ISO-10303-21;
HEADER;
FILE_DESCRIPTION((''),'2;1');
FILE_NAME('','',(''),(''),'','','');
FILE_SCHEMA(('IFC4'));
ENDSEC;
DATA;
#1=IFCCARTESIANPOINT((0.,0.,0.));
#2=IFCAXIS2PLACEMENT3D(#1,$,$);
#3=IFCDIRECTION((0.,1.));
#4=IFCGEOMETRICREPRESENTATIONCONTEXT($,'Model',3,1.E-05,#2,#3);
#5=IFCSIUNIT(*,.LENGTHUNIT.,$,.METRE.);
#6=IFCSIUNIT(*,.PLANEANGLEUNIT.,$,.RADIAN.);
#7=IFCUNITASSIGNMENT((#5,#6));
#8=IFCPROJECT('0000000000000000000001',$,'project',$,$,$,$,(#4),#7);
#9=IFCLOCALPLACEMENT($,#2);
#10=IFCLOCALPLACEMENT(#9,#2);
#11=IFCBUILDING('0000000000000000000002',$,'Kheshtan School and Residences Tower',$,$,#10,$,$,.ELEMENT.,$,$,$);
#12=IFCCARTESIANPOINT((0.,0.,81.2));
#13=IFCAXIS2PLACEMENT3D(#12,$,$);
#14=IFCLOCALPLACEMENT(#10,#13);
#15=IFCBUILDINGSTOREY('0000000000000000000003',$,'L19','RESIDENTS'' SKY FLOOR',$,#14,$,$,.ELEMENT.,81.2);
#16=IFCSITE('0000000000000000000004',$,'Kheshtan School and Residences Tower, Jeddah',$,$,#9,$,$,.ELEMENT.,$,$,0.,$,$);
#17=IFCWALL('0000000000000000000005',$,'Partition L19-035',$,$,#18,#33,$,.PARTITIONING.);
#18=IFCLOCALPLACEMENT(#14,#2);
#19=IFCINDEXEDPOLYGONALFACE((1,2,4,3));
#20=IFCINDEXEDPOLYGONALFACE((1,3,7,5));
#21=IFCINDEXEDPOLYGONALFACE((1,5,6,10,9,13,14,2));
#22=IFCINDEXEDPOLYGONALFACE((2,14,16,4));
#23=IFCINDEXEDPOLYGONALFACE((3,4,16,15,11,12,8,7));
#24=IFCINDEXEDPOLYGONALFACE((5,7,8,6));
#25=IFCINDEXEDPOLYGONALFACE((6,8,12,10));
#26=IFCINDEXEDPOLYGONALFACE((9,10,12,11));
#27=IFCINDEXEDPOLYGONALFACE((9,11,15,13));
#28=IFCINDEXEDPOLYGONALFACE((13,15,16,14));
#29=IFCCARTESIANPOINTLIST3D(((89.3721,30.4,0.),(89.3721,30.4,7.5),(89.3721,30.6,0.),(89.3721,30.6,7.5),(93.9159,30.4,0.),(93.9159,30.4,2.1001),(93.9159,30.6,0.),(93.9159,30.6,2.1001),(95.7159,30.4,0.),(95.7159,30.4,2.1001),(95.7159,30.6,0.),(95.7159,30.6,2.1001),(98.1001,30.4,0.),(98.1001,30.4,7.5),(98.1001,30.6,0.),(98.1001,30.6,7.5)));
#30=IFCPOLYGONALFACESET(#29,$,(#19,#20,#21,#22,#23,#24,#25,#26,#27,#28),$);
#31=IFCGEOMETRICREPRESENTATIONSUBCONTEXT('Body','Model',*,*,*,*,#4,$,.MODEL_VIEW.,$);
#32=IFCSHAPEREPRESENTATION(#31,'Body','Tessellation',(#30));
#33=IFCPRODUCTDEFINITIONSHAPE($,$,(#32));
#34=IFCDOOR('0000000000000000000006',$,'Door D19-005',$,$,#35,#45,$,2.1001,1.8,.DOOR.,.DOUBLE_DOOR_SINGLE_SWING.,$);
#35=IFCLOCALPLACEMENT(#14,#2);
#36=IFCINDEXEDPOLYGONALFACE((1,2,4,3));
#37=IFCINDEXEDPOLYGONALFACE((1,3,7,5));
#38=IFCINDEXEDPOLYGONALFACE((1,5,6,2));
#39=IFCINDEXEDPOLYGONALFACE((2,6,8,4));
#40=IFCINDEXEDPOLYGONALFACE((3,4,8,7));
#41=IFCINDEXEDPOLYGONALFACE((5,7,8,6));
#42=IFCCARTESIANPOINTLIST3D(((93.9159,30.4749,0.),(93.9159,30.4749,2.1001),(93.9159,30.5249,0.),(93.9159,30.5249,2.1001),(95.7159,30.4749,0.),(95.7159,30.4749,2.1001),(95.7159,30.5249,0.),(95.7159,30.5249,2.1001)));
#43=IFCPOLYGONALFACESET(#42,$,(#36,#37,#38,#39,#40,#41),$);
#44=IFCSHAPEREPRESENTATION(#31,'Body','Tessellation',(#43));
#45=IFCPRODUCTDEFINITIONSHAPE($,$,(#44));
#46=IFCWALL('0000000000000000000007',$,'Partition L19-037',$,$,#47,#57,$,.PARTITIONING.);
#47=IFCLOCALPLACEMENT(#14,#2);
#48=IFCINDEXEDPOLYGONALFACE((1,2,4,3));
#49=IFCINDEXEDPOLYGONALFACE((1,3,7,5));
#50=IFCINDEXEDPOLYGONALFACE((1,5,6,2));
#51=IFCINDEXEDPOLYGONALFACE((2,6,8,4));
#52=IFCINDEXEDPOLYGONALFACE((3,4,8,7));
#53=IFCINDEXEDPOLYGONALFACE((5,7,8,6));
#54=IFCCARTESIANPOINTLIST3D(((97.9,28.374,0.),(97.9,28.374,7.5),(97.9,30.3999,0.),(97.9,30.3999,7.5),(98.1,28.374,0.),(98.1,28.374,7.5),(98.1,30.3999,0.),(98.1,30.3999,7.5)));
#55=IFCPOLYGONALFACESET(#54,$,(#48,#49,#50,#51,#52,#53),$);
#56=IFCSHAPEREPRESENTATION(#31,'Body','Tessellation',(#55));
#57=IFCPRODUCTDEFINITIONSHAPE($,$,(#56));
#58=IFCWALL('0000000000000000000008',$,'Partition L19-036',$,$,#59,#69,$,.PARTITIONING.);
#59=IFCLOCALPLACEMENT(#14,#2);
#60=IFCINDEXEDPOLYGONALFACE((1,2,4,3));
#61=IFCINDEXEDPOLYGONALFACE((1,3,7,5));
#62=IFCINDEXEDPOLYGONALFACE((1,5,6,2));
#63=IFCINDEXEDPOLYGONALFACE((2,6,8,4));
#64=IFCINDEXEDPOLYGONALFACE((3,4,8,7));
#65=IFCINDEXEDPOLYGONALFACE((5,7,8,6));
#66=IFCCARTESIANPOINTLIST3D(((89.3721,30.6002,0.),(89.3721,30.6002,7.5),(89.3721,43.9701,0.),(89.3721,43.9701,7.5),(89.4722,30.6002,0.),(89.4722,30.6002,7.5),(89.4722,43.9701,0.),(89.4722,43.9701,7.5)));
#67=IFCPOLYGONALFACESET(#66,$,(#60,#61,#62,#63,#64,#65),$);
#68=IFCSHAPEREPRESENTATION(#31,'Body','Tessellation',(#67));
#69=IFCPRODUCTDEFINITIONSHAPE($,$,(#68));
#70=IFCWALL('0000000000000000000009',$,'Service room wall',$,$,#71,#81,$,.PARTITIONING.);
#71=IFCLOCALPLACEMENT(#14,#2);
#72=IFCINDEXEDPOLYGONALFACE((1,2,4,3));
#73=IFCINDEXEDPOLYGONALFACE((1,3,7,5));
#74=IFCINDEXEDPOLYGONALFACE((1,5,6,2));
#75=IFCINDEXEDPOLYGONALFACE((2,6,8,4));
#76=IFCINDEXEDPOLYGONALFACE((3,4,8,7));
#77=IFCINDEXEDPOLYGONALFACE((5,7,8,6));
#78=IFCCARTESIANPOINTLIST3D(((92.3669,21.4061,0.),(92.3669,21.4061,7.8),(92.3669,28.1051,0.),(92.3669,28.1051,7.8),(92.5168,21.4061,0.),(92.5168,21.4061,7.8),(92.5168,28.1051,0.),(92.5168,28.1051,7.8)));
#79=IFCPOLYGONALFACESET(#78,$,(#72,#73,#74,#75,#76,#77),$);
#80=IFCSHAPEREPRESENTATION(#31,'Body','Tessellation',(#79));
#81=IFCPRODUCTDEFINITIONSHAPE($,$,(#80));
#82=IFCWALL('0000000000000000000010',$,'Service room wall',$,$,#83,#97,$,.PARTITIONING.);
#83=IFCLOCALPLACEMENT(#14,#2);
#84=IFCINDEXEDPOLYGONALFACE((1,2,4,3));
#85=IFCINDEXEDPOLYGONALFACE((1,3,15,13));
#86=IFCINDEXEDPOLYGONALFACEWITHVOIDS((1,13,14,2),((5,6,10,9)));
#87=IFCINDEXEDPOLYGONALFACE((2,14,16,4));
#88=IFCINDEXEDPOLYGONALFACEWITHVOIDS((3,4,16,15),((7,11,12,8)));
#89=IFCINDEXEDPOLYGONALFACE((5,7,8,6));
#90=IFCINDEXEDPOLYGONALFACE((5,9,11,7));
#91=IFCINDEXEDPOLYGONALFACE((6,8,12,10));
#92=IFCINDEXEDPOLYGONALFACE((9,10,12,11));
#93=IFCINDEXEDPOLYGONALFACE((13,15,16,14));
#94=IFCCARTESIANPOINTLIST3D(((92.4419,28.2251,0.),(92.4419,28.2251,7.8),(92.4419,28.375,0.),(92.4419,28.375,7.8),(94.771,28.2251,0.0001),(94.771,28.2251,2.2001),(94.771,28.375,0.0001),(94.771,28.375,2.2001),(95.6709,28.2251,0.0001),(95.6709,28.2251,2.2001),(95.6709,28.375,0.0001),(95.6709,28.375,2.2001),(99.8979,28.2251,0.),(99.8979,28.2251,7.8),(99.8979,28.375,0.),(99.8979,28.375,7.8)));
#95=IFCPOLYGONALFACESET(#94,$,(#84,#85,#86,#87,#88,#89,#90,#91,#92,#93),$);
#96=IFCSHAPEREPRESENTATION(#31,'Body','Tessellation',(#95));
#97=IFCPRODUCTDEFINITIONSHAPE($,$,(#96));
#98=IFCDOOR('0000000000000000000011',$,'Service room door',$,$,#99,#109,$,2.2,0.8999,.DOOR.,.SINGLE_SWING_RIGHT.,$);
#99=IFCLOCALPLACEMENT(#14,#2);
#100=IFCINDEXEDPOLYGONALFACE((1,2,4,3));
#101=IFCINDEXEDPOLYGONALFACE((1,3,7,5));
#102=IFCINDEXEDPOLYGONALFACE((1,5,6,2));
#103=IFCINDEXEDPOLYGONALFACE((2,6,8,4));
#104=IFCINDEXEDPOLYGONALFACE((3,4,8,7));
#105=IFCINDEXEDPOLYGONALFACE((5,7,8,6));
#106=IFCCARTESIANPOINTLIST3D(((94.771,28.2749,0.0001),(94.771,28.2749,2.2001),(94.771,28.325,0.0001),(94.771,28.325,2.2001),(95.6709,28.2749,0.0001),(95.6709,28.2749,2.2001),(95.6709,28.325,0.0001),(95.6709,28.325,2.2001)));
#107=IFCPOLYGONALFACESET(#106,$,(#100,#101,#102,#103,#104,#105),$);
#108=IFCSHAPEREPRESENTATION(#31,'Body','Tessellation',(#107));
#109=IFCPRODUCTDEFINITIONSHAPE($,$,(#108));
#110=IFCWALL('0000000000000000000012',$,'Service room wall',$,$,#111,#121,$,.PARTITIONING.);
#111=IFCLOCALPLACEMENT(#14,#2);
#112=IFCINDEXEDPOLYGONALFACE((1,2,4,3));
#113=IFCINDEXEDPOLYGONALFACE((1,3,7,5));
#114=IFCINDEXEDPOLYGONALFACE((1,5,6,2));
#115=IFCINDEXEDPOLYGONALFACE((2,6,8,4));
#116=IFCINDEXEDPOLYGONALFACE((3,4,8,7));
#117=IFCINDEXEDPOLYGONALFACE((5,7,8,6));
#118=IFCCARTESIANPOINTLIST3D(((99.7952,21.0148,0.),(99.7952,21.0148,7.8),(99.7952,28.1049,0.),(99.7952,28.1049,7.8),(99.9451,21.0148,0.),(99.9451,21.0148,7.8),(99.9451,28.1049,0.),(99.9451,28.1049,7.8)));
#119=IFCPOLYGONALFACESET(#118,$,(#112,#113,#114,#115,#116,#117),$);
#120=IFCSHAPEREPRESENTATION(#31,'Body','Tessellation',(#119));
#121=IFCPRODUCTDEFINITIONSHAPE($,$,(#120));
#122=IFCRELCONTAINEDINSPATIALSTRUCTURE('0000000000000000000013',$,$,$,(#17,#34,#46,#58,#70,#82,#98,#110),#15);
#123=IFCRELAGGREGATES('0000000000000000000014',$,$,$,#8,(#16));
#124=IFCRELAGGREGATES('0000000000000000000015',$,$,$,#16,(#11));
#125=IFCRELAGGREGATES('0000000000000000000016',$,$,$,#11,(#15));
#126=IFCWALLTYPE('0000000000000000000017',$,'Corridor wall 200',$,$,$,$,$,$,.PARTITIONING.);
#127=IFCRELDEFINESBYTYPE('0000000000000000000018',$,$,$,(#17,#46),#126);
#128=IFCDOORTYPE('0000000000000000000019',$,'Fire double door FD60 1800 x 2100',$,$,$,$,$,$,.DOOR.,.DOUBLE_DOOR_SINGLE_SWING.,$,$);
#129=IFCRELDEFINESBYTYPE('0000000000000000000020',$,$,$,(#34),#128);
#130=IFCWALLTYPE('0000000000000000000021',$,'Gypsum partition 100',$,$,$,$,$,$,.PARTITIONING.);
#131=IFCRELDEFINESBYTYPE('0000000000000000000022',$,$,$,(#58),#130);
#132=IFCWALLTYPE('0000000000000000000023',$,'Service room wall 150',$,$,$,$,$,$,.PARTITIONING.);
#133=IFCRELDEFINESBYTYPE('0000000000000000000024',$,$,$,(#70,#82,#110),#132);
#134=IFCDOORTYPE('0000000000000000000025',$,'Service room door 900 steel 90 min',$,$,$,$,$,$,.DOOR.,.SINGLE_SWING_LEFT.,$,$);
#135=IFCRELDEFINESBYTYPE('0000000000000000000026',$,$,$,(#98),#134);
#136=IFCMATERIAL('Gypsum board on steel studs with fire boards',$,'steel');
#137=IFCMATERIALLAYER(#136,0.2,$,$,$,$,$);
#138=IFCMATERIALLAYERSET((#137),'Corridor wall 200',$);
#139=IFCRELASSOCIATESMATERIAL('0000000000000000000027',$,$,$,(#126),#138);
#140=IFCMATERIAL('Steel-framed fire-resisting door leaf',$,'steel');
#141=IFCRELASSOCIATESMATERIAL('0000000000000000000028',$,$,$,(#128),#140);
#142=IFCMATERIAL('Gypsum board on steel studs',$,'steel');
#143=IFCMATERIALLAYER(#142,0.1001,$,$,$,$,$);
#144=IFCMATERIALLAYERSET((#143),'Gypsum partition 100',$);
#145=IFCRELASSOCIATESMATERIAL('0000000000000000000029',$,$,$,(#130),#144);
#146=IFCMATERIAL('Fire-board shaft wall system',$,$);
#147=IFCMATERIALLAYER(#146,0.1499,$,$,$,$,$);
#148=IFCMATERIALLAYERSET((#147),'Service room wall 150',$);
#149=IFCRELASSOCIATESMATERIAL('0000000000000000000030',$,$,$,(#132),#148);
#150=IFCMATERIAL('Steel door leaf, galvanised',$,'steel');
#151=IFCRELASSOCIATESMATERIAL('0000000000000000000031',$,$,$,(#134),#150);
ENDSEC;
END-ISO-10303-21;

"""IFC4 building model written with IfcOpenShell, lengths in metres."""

from ifc_helpers import new_model, si_unit, direction, frame, frame_2d, origin, place, context, subcontext, project, spatial, rectangle, extrude, source, transform, mapped, material, layer, layer_set, type_object, element, fill, save


model = new_model("IFC4")

# Units and contexts
model_context = context("Model", 3, precision=1e-05, world=origin(), true_north=direction((0.0, 1.0)))
body_context = subcontext(model_context, "Body", "Model", "MODEL_VIEW")
ifc_project = project(units=[si_unit("LENGTHUNIT", "METRE"), si_unit("PLANEANGLEUNIT", "RADIAN")], contexts=[model_context])

# Site, building, storey
site_placement = place(None, origin())
site = spatial("IfcSite", under=ifc_project, at=site_placement, Name="Kheshtan School and Residences Tower, Jeddah", CompositionType="ELEMENT", RefElevation=0.0)
building_placement = place(site_placement, origin())
building = spatial("IfcBuilding", under=site, at=building_placement, Name="Kheshtan School and Residences Tower", CompositionType="ELEMENT")
storey_placement = place(building_placement, frame((0.0, 0.0, 81.2)))
storey = spatial("IfcBuildingStorey", under=building, at=storey_placement, Name="L19", Description="RESIDENTS' SKY FLOOR", CompositionType="ELEMENT", Elevation=81.2)

# Wall, opening, door
ifc_material_1 = material(Name="Gypsum board on steel studs with fire boards", Category="steel")
ifc_layer_1 = layer(ifc_material_1, 0.2)
ifc_layer_set_1 = layer_set([ifc_layer_1], Name="Corridor wall 200")
wall_type_1 = type_object("IfcWallType", Name="Corridor wall 200", PredefinedType="PARTITIONING", material=ifc_layer_set_1)
wall_1_placement = place(storey_placement, frame((89.3721, 30.5, 0.0), z_axis=(0.0, 0.0, 1.0), x_axis=(1.0, 0.0, 0.0)))
wall_1 = element("IfcWall", 1, at=wall_1_placement, inside=storey, type_object=wall_type_1, Name="Partition L19-035", PredefinedType="PARTITIONING", context=body_context, shape_type="SweptSolid", body=[
    extrude(rectangle(XDim=8.728, YDim=0.2, at=frame_2d((4.364, 0.0))), origin(), (0.0, 0.0, 1.0), 7.5),
])
opening_1_placement = place(wall_1_placement, frame((4.5439, 0.0, 0.0)))
opening_1 = element("IfcOpeningElement", 2, at=opening_1_placement, cuts=wall_1, PredefinedType="OPENING", context=body_context, shape_type="SweptSolid", body=[
    extrude(rectangle(XDim=1.8, YDim=2.1001, at=frame_2d((0.8999, 1.05))), frame((0.0, 0.1099, 0.0), z_axis=(0.0, -1.0, 0.0), x_axis=(1.0, 0.0, 0.0)), (0.0, 0.0, 1.0), 0.22),
])
ifc_material_2 = material(Name="Steel-framed fire-resisting door leaf", Category="steel")
door_type_1 = type_object("IfcDoorType", Name="Fire double door FD60 1800 x 2100", OperationType="DOUBLE_DOOR_SINGLE_SWING", PredefinedType="DOOR", material=ifc_material_2)
shared_shape_1 = source(origin(), body_context, "Body", "SweptSolid", [
    extrude(rectangle(XDim=1.8, YDim=2.1001, at=frame_2d((0.8999, 1.05))), frame((0.0, 0.0249, 0.0), z_axis=(0.0, -1.0, 0.0), x_axis=(1.0, 0.0, 0.0)), (0.0, 0.0, 1.0), 0.05),
])
door_1_placement = place(opening_1_placement, origin())
door_1 = element("IfcDoor", 3, at=door_1_placement, inside=storey, type_object=door_type_1, Name="Door D19-005", OperationType="DOUBLE_DOOR_SINGLE_SWING", OverallHeight=2.1001, OverallWidth=1.8, PredefinedType="DOOR", context=body_context, shape_type="MappedRepresentation", body=[
    mapped(shared_shape_1, transform((0.0, 0.0, 0.0), x_axis=(1.0, 0.0, 0.0), y_axis=(0.0, 1.0, 0.0), z_axis=(0.0, 0.0, 1.0), scale=1.0)),
])
fill(opening_1, door_1)

# Walls
wall_2_placement = place(storey_placement, frame((98.0, 28.374, 0.0), z_axis=(0.0, 0.0, 1.0), x_axis=(0.0, 1.0, 0.0)))
element("IfcWall", 4, at=wall_2_placement, inside=storey, type_object=wall_type_1, Name="Partition L19-037", PredefinedType="PARTITIONING", context=body_context, shape_type="SweptSolid", body=[
    extrude(rectangle(XDim=2.0259, YDim=0.2, at=frame_2d((1.0129, 0.0))), origin(), (0.0, 0.0, 1.0), 7.5),
])
ifc_material_3 = material(Name="Gypsum board on steel studs", Category="steel")
ifc_layer_2 = layer(ifc_material_3, 0.1001)
ifc_layer_set_2 = layer_set([ifc_layer_2], Name="Gypsum partition 100")
wall_type_2 = type_object("IfcWallType", Name="Gypsum partition 100", PredefinedType="PARTITIONING", material=ifc_layer_set_2)
wall_3_placement = place(storey_placement, frame((89.4221, 30.6001, 0.0), z_axis=(0.0, 0.0, 1.0), x_axis=(0.0, 1.0, 0.0)))
element("IfcWall", 5, at=wall_3_placement, inside=storey, type_object=wall_type_2, Name="Partition L19-036", PredefinedType="PARTITIONING", context=body_context, shape_type="SweptSolid", body=[
    extrude(rectangle(XDim=13.3699, YDim=0.1001, at=frame_2d((6.6851, 0.0))), origin(), (0.0, 0.0, 1.0), 7.5),
])
ifc_material_4 = material(Name="Fire-board shaft wall system")
ifc_layer_3 = layer(ifc_material_4, 0.1499)
ifc_layer_set_3 = layer_set([ifc_layer_3], Name="Service room wall 150")
wall_type_3 = type_object("IfcWallType", Name="Service room wall 150", PredefinedType="PARTITIONING", material=ifc_layer_set_3)
wall_4_placement = place(storey_placement, frame((92.4419, 21.406, 0.0), z_axis=(0.0, 0.0, 1.0), x_axis=(0.0, 1.0, 0.0)))
element("IfcWall", 6, at=wall_4_placement, inside=storey, type_object=wall_type_3, Name="Service room wall", PredefinedType="PARTITIONING", context=body_context, shape_type="SweptSolid", body=[
    extrude(rectangle(XDim=6.699, YDim=0.1499, at=frame_2d((3.3496, 0.0))), origin(), (0.0, 0.0, 1.0), 7.8),
])

# Wall, opening, door
wall_5_placement = place(storey_placement, frame((92.4419, 28.3, 0.0), z_axis=(0.0, 0.0, 1.0), x_axis=(1.0, 0.0, 0.0)))
wall_5 = element("IfcWall", 7, at=wall_5_placement, inside=storey, type_object=wall_type_3, Name="Service room wall", PredefinedType="PARTITIONING", context=body_context, shape_type="SweptSolid", body=[
    extrude(rectangle(XDim=7.4561, YDim=0.1499, at=frame_2d((3.728, 0.0))), origin(), (0.0, 0.0, 1.0), 7.8),
])
opening_2_placement = place(wall_5_placement, frame((2.3291, 0.0, 0.0)))
opening_2 = element("IfcOpeningElement", 8, at=opening_2_placement, cuts=wall_5, PredefinedType="OPENING", context=body_context, shape_type="SweptSolid", body=[
    extrude(rectangle(XDim=0.8999, YDim=2.2, at=frame_2d((0.45, 1.1001))), frame((0.0, 0.085, 0.0), z_axis=(0.0, -1.0, 0.0), x_axis=(1.0, 0.0, 0.0)), (0.0, 0.0, 1.0), 0.1699),
])
ifc_material_5 = material(Name="Steel door leaf, galvanised", Category="steel")
door_type_2 = type_object("IfcDoorType", Name="Service room door 900 steel 90 min", OperationType="SINGLE_SWING_LEFT", PredefinedType="DOOR", material=ifc_material_5)
shared_shape_2 = source(origin(), body_context, "Body", "SweptSolid", [
    extrude(rectangle(XDim=0.8999, YDim=2.2, at=frame_2d((0.45, 1.1001))), frame((0.0, 0.0249, 0.0), z_axis=(0.0, -1.0, 0.0), x_axis=(1.0, 0.0, 0.0)), (0.0, 0.0, 1.0), 0.05),
])
door_2_placement = place(opening_2_placement, origin())
door_2 = element("IfcDoor", 9, at=door_2_placement, inside=storey, type_object=door_type_2, Name="Service room door", OperationType="SINGLE_SWING_RIGHT", OverallHeight=2.2, OverallWidth=0.8999, PredefinedType="DOOR", context=body_context, shape_type="MappedRepresentation", body=[
    mapped(shared_shape_2, transform((0.0, 0.0, 0.0), x_axis=(1.0, 0.0, 0.0), y_axis=(0.0, 1.0, 0.0), z_axis=(0.0, 0.0, 1.0), scale=1.0)),
])
fill(opening_2, door_2)

# Wall
wall_6_placement = place(storey_placement, frame((99.8701, 21.0149, 0.0), z_axis=(0.0, 0.0, 1.0), x_axis=(0.0, 1.0, 0.0)))
element("IfcWall", 10, at=wall_6_placement, inside=storey, type_object=wall_type_3, Name="Service room wall", PredefinedType="PARTITIONING", context=body_context, shape_type="SweptSolid", body=[
    extrude(rectangle(XDim=7.0901, YDim=0.1499, at=frame_2d((3.5449, 0.0))), origin(), (0.0, 0.0, 1.0), 7.8),
])

save(model, "model.ifc")
